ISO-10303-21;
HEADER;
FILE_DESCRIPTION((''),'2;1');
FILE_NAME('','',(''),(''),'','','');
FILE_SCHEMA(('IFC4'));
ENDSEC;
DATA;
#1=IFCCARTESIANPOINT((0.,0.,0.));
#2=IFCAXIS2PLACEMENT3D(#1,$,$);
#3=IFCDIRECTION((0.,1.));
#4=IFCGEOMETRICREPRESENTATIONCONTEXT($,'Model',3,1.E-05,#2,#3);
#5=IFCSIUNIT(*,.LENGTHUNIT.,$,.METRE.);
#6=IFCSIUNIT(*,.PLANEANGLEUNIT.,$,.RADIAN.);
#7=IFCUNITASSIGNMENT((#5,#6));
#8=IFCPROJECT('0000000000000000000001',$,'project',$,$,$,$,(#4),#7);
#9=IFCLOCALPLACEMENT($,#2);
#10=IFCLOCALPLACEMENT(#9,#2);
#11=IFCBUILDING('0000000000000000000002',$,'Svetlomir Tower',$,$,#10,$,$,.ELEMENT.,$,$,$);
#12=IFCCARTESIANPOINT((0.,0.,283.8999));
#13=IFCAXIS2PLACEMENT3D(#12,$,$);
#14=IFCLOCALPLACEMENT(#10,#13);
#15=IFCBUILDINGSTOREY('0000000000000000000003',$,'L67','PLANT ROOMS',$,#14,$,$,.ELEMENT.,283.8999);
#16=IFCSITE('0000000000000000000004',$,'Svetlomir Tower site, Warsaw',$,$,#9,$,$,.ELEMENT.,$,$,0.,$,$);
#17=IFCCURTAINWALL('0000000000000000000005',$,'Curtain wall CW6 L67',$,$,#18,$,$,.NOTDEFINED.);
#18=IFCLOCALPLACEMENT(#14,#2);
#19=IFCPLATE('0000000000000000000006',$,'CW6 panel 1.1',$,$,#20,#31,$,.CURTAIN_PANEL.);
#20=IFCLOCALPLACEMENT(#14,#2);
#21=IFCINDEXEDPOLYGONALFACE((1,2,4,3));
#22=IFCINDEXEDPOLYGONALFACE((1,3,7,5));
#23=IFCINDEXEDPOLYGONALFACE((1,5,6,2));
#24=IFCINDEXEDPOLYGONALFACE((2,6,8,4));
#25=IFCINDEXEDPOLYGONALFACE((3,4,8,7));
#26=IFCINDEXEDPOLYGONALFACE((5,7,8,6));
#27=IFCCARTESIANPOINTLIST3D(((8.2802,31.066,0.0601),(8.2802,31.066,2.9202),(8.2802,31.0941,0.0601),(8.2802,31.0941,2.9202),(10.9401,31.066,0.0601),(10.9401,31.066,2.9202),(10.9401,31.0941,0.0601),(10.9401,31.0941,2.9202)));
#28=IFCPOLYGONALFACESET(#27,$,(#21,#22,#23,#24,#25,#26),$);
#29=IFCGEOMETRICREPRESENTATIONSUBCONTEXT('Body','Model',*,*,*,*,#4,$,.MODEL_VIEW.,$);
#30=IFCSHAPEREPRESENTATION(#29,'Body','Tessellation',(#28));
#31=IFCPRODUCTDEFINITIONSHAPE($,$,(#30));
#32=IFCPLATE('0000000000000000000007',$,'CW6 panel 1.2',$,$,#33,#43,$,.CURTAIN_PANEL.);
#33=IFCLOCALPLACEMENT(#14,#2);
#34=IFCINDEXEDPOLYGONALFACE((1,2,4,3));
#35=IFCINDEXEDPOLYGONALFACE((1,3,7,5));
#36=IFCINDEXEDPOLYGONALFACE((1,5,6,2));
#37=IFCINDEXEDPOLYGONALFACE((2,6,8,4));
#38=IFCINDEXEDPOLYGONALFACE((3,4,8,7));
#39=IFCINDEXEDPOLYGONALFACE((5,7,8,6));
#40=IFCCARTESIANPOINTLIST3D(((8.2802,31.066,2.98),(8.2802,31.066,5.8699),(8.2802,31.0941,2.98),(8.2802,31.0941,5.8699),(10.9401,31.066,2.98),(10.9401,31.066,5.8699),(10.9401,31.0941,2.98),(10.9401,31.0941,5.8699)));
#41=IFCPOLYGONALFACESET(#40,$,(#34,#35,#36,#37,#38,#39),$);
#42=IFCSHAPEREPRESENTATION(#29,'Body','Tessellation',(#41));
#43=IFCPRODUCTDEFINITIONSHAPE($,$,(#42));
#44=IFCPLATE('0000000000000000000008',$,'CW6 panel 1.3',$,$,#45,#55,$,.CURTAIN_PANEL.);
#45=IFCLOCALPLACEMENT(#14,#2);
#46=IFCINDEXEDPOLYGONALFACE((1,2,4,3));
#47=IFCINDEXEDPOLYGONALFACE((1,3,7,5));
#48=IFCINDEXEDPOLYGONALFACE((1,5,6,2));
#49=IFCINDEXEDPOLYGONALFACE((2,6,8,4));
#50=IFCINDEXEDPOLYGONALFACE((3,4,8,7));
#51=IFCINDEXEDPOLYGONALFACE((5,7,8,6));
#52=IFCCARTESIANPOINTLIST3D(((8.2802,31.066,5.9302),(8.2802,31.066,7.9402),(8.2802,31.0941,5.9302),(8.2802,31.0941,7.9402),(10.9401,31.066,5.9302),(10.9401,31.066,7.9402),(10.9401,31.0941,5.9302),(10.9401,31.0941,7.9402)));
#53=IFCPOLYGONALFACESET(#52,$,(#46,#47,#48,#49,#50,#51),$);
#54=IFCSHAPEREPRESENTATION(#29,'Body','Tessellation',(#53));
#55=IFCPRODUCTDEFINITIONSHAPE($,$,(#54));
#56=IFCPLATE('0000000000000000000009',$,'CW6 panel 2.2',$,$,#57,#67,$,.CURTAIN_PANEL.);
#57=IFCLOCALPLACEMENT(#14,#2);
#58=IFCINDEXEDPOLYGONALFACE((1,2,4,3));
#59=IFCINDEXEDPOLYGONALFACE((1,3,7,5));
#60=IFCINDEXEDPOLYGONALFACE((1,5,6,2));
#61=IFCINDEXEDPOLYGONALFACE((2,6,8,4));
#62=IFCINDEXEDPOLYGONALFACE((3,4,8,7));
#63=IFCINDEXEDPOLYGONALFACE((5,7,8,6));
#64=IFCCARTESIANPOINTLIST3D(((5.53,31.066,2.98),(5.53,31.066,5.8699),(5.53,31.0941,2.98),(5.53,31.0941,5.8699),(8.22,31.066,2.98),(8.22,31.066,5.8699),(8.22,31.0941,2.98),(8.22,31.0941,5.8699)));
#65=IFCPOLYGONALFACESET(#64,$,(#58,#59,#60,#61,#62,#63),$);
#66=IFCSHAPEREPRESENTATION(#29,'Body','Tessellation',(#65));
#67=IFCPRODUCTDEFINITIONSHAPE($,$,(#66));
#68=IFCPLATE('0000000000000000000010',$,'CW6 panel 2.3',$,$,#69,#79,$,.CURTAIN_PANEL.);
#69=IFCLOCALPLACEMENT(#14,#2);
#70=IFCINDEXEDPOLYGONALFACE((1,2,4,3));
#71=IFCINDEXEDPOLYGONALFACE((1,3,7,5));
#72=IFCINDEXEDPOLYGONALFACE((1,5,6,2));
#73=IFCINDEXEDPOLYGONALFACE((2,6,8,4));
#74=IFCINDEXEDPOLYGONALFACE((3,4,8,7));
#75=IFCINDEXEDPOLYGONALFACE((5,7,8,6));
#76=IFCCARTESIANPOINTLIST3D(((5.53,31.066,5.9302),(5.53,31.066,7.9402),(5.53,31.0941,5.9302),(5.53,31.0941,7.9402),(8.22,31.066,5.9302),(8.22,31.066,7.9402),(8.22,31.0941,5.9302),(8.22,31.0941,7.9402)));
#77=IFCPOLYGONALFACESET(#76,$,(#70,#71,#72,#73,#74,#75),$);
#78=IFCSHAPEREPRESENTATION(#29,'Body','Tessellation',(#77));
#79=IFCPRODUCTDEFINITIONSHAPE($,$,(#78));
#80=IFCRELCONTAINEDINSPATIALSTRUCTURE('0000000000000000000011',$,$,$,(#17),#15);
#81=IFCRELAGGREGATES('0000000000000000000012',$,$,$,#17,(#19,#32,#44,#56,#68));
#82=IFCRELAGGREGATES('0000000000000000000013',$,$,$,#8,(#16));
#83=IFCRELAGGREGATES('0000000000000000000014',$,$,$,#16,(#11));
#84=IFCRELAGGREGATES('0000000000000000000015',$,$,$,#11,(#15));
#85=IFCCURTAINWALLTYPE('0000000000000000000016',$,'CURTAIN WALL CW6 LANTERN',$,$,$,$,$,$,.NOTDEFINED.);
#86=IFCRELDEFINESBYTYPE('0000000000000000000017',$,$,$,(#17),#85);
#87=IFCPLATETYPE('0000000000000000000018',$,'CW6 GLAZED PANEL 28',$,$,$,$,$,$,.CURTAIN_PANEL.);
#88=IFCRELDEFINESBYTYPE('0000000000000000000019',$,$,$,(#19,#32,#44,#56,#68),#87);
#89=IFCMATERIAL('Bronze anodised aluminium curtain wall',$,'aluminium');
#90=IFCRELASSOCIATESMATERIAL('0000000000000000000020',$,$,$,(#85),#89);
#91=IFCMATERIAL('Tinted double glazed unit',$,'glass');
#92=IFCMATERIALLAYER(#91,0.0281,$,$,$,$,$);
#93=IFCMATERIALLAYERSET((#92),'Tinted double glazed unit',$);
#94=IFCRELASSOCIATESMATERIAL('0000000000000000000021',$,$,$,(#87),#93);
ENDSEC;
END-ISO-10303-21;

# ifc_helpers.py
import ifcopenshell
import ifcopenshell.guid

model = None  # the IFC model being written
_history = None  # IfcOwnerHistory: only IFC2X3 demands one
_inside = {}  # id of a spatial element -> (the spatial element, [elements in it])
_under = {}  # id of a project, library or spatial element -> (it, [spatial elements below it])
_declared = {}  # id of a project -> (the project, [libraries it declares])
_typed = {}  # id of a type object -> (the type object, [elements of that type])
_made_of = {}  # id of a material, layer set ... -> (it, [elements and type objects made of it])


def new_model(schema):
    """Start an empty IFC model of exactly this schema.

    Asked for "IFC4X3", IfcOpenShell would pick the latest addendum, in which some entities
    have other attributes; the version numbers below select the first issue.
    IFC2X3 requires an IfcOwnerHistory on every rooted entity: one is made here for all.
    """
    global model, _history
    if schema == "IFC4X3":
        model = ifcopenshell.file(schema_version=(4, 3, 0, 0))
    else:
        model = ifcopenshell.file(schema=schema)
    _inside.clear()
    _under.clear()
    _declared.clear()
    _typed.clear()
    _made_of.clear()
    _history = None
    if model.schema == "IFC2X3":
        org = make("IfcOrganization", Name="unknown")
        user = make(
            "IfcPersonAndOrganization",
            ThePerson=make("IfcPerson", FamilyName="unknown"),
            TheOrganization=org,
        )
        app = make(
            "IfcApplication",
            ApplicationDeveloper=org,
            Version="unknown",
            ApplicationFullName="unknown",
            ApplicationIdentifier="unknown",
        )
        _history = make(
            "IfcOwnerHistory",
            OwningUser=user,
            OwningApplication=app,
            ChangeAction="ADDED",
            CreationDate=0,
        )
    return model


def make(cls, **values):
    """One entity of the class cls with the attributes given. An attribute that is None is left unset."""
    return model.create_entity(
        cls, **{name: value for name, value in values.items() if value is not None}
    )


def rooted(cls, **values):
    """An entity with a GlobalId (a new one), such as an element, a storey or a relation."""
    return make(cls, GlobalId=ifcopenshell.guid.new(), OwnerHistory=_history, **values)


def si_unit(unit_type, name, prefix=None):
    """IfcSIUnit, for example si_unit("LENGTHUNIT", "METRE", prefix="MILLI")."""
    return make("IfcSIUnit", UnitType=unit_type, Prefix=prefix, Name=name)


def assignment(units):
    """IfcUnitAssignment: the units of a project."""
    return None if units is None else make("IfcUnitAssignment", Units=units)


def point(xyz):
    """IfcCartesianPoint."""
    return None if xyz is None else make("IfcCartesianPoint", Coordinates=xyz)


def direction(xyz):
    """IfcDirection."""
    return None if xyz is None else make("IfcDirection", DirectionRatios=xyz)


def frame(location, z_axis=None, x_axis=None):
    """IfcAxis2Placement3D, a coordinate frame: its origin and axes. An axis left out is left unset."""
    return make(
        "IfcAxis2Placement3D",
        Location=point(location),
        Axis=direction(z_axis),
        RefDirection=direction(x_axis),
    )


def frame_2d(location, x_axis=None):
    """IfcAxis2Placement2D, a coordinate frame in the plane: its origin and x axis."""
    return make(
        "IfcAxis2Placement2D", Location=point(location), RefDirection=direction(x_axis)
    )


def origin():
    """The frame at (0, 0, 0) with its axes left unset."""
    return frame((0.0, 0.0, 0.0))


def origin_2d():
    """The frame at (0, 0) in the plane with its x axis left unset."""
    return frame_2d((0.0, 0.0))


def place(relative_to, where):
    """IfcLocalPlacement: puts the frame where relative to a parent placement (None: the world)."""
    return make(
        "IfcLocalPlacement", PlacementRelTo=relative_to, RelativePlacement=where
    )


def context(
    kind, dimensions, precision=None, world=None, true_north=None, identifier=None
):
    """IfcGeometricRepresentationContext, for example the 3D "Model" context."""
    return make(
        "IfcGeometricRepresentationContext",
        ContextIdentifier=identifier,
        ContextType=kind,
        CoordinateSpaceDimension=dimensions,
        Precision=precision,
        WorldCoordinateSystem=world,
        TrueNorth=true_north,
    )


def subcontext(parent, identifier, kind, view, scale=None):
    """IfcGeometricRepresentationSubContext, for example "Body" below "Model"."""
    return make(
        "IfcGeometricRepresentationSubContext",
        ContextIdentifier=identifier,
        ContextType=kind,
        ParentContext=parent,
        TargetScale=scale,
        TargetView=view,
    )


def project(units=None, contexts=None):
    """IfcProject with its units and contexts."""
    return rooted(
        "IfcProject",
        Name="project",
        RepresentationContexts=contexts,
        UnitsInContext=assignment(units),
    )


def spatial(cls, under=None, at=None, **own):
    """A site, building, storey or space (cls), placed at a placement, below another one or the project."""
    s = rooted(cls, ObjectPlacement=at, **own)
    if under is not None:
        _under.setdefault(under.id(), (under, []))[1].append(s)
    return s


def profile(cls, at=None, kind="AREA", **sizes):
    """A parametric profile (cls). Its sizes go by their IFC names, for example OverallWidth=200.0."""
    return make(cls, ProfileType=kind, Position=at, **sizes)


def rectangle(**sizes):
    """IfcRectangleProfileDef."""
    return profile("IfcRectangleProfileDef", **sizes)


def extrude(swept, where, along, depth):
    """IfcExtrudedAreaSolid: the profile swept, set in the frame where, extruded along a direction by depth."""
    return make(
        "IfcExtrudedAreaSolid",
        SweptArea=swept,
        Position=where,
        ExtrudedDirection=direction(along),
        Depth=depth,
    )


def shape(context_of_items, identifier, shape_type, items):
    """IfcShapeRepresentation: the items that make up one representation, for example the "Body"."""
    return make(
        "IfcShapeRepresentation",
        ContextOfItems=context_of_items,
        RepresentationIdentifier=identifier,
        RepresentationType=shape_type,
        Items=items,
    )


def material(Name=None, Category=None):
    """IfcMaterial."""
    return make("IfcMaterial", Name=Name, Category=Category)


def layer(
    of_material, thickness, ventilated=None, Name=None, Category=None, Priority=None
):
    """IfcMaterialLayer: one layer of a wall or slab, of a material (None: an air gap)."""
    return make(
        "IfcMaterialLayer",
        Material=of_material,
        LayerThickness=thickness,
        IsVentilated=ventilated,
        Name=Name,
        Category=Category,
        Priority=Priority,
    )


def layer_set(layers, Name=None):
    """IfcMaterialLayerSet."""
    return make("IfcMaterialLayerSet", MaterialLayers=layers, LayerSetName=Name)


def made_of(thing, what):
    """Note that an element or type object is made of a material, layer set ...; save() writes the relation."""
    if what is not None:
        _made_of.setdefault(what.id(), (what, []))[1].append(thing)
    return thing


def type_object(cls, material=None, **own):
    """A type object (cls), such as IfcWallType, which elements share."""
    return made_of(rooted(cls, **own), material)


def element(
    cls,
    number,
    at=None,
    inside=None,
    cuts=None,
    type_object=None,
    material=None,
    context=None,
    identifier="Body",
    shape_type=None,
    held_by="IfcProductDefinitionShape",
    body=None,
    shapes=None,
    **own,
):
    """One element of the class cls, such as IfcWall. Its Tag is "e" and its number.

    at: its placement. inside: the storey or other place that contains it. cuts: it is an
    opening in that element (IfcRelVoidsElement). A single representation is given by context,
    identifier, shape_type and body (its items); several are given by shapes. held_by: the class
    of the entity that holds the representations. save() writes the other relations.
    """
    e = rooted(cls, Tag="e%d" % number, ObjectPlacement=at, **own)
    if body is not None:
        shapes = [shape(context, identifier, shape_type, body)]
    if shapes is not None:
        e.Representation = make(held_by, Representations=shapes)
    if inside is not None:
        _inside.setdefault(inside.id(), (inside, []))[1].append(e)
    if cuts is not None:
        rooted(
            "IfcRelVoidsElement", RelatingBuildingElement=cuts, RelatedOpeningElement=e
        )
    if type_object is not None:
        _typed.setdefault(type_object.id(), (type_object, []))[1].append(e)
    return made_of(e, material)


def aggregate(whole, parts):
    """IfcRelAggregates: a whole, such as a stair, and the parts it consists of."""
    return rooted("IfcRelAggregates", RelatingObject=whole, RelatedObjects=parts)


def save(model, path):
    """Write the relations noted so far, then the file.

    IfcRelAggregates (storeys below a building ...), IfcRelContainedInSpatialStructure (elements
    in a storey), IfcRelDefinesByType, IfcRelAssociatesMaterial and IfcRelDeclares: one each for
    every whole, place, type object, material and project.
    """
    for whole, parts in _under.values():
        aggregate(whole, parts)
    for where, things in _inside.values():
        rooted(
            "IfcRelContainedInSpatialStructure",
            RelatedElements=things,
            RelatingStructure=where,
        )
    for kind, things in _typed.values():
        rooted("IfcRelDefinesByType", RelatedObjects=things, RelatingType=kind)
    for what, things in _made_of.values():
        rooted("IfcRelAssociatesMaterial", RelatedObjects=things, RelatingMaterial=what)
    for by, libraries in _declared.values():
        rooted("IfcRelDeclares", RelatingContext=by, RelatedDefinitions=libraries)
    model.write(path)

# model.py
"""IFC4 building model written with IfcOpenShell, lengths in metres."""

from ifc_helpers import new_model, si_unit, direction, frame, origin, origin_2d, place, context, subcontext, project, spatial, rectangle, extrude, material, layer, layer_set, type_object, element, aggregate, save


model = new_model("IFC4")

# Units and contexts
model_context = context("Model", 3, precision=1e-05, world=origin(), true_north=direction((0.0, 1.0)))
body_context = subcontext(model_context, "Body", "Model", "MODEL_VIEW")
ifc_project = project(units=[si_unit("LENGTHUNIT", "METRE"), si_unit("PLANEANGLEUNIT", "RADIAN")], contexts=[model_context])

# Site, building, storey
site_placement = place(None, origin())
site = spatial("IfcSite", under=ifc_project, at=site_placement, Name="Svetlomir Tower site, Warsaw", CompositionType="ELEMENT", RefElevation=0.0)
building_placement = place(site_placement, origin())
building = spatial("IfcBuilding", under=site, at=building_placement, Name="Svetlomir Tower", CompositionType="ELEMENT")
storey_placement = place(building_placement, frame((0.0, 0.0, 283.8999)))
storey = spatial("IfcBuildingStorey", under=building, at=storey_placement, Name="L67", Description="PLANT ROOMS", CompositionType="ELEMENT", Elevation=283.8999)

# Shared definitions
ifc_material_1 = material(Name="Bronze anodised aluminium curtain wall", Category="aluminium")
curtain_wall_type = type_object("IfcCurtainWallType", Name="CURTAIN WALL CW6 LANTERN", PredefinedType="NOTDEFINED", material=ifc_material_1)

# Curtain wall
curtain_wall_1_placement = place(storey_placement, origin())
curtain_wall_1 = element("IfcCurtainWall", 1, at=curtain_wall_1_placement, inside=storey, type_object=curtain_wall_type, Name="Curtain wall CW6 L67", PredefinedType="NOTDEFINED")

# Plates
ifc_material_2 = material(Name="Tinted double glazed unit", Category="glass")
ifc_layer = layer(ifc_material_2, 0.0281)
ifc_layer_set = layer_set([ifc_layer], Name="Tinted double glazed unit")
plate_type = type_object("IfcPlateType", Name="CW6 GLAZED PANEL 28", PredefinedType="CURTAIN_PANEL", material=ifc_layer_set)
plate_1_placement = place(storey_placement, frame((9.6101, 31.0801, 0.0601), z_axis=(0.0, 0.0, 1.0), x_axis=(-1.0, 0.0, 0.0)))
plate_1 = element("IfcPlate", 2, at=plate_1_placement, type_object=plate_type, Name="CW6 panel 1.1", PredefinedType="CURTAIN_PANEL", context=body_context, shape_type="SweptSolid", body=[
    extrude(rectangle(XDim=2.6599, YDim=0.0281, at=origin_2d()), origin(), (0.0, 0.0, 1.0), 2.8601),
])
plate_2_placement = place(storey_placement, frame((9.6101, 31.0801, 2.98), z_axis=(0.0, 0.0, 1.0), x_axis=(-1.0, 0.0, 0.0)))
plate_2 = element("IfcPlate", 3, at=plate_2_placement, type_object=plate_type, Name="CW6 panel 1.2", PredefinedType="CURTAIN_PANEL", context=body_context, shape_type="SweptSolid", body=[
    extrude(rectangle(XDim=2.6599, YDim=0.0281, at=origin_2d()), origin(), (0.0, 0.0, 1.0), 2.8899),
])
plate_3_placement = place(storey_placement, frame((9.6101, 31.0801, 5.9302), z_axis=(0.0, 0.0, 1.0), x_axis=(-1.0, 0.0, 0.0)))
plate_3 = element("IfcPlate", 4, at=plate_3_placement, type_object=plate_type, Name="CW6 panel 1.3", PredefinedType="CURTAIN_PANEL", context=body_context, shape_type="SweptSolid", body=[
    extrude(rectangle(XDim=2.6599, YDim=0.0281, at=origin_2d()), origin(), (0.0, 0.0, 1.0), 2.01),
])
plate_4_placement = place(storey_placement, frame((6.875, 31.0801, 2.98), z_axis=(0.0, 0.0, 1.0), x_axis=(-1.0, 0.0, 0.0)))
plate_4 = element("IfcPlate", 5, at=plate_4_placement, type_object=plate_type, Name="CW6 panel 2.2", PredefinedType="CURTAIN_PANEL", context=body_context, shape_type="SweptSolid", body=[
    extrude(rectangle(XDim=2.6899, YDim=0.0281, at=origin_2d()), origin(), (0.0, 0.0, 1.0), 2.8899),
])
plate_5_placement = place(storey_placement, frame((6.875, 31.0801, 5.9302), z_axis=(0.0, 0.0, 1.0), x_axis=(-1.0, 0.0, 0.0)))
plate_5 = element("IfcPlate", 6, at=plate_5_placement, type_object=plate_type, Name="CW6 panel 2.3", PredefinedType="CURTAIN_PANEL", context=body_context, shape_type="SweptSolid", body=[
    extrude(rectangle(XDim=2.6899, YDim=0.0281, at=origin_2d()), origin(), (0.0, 0.0, 1.0), 2.01),
])
aggregate(curtain_wall_1, [plate_1, plate_2, plate_3, plate_4, plate_5])

save(model, "model.ifc")
